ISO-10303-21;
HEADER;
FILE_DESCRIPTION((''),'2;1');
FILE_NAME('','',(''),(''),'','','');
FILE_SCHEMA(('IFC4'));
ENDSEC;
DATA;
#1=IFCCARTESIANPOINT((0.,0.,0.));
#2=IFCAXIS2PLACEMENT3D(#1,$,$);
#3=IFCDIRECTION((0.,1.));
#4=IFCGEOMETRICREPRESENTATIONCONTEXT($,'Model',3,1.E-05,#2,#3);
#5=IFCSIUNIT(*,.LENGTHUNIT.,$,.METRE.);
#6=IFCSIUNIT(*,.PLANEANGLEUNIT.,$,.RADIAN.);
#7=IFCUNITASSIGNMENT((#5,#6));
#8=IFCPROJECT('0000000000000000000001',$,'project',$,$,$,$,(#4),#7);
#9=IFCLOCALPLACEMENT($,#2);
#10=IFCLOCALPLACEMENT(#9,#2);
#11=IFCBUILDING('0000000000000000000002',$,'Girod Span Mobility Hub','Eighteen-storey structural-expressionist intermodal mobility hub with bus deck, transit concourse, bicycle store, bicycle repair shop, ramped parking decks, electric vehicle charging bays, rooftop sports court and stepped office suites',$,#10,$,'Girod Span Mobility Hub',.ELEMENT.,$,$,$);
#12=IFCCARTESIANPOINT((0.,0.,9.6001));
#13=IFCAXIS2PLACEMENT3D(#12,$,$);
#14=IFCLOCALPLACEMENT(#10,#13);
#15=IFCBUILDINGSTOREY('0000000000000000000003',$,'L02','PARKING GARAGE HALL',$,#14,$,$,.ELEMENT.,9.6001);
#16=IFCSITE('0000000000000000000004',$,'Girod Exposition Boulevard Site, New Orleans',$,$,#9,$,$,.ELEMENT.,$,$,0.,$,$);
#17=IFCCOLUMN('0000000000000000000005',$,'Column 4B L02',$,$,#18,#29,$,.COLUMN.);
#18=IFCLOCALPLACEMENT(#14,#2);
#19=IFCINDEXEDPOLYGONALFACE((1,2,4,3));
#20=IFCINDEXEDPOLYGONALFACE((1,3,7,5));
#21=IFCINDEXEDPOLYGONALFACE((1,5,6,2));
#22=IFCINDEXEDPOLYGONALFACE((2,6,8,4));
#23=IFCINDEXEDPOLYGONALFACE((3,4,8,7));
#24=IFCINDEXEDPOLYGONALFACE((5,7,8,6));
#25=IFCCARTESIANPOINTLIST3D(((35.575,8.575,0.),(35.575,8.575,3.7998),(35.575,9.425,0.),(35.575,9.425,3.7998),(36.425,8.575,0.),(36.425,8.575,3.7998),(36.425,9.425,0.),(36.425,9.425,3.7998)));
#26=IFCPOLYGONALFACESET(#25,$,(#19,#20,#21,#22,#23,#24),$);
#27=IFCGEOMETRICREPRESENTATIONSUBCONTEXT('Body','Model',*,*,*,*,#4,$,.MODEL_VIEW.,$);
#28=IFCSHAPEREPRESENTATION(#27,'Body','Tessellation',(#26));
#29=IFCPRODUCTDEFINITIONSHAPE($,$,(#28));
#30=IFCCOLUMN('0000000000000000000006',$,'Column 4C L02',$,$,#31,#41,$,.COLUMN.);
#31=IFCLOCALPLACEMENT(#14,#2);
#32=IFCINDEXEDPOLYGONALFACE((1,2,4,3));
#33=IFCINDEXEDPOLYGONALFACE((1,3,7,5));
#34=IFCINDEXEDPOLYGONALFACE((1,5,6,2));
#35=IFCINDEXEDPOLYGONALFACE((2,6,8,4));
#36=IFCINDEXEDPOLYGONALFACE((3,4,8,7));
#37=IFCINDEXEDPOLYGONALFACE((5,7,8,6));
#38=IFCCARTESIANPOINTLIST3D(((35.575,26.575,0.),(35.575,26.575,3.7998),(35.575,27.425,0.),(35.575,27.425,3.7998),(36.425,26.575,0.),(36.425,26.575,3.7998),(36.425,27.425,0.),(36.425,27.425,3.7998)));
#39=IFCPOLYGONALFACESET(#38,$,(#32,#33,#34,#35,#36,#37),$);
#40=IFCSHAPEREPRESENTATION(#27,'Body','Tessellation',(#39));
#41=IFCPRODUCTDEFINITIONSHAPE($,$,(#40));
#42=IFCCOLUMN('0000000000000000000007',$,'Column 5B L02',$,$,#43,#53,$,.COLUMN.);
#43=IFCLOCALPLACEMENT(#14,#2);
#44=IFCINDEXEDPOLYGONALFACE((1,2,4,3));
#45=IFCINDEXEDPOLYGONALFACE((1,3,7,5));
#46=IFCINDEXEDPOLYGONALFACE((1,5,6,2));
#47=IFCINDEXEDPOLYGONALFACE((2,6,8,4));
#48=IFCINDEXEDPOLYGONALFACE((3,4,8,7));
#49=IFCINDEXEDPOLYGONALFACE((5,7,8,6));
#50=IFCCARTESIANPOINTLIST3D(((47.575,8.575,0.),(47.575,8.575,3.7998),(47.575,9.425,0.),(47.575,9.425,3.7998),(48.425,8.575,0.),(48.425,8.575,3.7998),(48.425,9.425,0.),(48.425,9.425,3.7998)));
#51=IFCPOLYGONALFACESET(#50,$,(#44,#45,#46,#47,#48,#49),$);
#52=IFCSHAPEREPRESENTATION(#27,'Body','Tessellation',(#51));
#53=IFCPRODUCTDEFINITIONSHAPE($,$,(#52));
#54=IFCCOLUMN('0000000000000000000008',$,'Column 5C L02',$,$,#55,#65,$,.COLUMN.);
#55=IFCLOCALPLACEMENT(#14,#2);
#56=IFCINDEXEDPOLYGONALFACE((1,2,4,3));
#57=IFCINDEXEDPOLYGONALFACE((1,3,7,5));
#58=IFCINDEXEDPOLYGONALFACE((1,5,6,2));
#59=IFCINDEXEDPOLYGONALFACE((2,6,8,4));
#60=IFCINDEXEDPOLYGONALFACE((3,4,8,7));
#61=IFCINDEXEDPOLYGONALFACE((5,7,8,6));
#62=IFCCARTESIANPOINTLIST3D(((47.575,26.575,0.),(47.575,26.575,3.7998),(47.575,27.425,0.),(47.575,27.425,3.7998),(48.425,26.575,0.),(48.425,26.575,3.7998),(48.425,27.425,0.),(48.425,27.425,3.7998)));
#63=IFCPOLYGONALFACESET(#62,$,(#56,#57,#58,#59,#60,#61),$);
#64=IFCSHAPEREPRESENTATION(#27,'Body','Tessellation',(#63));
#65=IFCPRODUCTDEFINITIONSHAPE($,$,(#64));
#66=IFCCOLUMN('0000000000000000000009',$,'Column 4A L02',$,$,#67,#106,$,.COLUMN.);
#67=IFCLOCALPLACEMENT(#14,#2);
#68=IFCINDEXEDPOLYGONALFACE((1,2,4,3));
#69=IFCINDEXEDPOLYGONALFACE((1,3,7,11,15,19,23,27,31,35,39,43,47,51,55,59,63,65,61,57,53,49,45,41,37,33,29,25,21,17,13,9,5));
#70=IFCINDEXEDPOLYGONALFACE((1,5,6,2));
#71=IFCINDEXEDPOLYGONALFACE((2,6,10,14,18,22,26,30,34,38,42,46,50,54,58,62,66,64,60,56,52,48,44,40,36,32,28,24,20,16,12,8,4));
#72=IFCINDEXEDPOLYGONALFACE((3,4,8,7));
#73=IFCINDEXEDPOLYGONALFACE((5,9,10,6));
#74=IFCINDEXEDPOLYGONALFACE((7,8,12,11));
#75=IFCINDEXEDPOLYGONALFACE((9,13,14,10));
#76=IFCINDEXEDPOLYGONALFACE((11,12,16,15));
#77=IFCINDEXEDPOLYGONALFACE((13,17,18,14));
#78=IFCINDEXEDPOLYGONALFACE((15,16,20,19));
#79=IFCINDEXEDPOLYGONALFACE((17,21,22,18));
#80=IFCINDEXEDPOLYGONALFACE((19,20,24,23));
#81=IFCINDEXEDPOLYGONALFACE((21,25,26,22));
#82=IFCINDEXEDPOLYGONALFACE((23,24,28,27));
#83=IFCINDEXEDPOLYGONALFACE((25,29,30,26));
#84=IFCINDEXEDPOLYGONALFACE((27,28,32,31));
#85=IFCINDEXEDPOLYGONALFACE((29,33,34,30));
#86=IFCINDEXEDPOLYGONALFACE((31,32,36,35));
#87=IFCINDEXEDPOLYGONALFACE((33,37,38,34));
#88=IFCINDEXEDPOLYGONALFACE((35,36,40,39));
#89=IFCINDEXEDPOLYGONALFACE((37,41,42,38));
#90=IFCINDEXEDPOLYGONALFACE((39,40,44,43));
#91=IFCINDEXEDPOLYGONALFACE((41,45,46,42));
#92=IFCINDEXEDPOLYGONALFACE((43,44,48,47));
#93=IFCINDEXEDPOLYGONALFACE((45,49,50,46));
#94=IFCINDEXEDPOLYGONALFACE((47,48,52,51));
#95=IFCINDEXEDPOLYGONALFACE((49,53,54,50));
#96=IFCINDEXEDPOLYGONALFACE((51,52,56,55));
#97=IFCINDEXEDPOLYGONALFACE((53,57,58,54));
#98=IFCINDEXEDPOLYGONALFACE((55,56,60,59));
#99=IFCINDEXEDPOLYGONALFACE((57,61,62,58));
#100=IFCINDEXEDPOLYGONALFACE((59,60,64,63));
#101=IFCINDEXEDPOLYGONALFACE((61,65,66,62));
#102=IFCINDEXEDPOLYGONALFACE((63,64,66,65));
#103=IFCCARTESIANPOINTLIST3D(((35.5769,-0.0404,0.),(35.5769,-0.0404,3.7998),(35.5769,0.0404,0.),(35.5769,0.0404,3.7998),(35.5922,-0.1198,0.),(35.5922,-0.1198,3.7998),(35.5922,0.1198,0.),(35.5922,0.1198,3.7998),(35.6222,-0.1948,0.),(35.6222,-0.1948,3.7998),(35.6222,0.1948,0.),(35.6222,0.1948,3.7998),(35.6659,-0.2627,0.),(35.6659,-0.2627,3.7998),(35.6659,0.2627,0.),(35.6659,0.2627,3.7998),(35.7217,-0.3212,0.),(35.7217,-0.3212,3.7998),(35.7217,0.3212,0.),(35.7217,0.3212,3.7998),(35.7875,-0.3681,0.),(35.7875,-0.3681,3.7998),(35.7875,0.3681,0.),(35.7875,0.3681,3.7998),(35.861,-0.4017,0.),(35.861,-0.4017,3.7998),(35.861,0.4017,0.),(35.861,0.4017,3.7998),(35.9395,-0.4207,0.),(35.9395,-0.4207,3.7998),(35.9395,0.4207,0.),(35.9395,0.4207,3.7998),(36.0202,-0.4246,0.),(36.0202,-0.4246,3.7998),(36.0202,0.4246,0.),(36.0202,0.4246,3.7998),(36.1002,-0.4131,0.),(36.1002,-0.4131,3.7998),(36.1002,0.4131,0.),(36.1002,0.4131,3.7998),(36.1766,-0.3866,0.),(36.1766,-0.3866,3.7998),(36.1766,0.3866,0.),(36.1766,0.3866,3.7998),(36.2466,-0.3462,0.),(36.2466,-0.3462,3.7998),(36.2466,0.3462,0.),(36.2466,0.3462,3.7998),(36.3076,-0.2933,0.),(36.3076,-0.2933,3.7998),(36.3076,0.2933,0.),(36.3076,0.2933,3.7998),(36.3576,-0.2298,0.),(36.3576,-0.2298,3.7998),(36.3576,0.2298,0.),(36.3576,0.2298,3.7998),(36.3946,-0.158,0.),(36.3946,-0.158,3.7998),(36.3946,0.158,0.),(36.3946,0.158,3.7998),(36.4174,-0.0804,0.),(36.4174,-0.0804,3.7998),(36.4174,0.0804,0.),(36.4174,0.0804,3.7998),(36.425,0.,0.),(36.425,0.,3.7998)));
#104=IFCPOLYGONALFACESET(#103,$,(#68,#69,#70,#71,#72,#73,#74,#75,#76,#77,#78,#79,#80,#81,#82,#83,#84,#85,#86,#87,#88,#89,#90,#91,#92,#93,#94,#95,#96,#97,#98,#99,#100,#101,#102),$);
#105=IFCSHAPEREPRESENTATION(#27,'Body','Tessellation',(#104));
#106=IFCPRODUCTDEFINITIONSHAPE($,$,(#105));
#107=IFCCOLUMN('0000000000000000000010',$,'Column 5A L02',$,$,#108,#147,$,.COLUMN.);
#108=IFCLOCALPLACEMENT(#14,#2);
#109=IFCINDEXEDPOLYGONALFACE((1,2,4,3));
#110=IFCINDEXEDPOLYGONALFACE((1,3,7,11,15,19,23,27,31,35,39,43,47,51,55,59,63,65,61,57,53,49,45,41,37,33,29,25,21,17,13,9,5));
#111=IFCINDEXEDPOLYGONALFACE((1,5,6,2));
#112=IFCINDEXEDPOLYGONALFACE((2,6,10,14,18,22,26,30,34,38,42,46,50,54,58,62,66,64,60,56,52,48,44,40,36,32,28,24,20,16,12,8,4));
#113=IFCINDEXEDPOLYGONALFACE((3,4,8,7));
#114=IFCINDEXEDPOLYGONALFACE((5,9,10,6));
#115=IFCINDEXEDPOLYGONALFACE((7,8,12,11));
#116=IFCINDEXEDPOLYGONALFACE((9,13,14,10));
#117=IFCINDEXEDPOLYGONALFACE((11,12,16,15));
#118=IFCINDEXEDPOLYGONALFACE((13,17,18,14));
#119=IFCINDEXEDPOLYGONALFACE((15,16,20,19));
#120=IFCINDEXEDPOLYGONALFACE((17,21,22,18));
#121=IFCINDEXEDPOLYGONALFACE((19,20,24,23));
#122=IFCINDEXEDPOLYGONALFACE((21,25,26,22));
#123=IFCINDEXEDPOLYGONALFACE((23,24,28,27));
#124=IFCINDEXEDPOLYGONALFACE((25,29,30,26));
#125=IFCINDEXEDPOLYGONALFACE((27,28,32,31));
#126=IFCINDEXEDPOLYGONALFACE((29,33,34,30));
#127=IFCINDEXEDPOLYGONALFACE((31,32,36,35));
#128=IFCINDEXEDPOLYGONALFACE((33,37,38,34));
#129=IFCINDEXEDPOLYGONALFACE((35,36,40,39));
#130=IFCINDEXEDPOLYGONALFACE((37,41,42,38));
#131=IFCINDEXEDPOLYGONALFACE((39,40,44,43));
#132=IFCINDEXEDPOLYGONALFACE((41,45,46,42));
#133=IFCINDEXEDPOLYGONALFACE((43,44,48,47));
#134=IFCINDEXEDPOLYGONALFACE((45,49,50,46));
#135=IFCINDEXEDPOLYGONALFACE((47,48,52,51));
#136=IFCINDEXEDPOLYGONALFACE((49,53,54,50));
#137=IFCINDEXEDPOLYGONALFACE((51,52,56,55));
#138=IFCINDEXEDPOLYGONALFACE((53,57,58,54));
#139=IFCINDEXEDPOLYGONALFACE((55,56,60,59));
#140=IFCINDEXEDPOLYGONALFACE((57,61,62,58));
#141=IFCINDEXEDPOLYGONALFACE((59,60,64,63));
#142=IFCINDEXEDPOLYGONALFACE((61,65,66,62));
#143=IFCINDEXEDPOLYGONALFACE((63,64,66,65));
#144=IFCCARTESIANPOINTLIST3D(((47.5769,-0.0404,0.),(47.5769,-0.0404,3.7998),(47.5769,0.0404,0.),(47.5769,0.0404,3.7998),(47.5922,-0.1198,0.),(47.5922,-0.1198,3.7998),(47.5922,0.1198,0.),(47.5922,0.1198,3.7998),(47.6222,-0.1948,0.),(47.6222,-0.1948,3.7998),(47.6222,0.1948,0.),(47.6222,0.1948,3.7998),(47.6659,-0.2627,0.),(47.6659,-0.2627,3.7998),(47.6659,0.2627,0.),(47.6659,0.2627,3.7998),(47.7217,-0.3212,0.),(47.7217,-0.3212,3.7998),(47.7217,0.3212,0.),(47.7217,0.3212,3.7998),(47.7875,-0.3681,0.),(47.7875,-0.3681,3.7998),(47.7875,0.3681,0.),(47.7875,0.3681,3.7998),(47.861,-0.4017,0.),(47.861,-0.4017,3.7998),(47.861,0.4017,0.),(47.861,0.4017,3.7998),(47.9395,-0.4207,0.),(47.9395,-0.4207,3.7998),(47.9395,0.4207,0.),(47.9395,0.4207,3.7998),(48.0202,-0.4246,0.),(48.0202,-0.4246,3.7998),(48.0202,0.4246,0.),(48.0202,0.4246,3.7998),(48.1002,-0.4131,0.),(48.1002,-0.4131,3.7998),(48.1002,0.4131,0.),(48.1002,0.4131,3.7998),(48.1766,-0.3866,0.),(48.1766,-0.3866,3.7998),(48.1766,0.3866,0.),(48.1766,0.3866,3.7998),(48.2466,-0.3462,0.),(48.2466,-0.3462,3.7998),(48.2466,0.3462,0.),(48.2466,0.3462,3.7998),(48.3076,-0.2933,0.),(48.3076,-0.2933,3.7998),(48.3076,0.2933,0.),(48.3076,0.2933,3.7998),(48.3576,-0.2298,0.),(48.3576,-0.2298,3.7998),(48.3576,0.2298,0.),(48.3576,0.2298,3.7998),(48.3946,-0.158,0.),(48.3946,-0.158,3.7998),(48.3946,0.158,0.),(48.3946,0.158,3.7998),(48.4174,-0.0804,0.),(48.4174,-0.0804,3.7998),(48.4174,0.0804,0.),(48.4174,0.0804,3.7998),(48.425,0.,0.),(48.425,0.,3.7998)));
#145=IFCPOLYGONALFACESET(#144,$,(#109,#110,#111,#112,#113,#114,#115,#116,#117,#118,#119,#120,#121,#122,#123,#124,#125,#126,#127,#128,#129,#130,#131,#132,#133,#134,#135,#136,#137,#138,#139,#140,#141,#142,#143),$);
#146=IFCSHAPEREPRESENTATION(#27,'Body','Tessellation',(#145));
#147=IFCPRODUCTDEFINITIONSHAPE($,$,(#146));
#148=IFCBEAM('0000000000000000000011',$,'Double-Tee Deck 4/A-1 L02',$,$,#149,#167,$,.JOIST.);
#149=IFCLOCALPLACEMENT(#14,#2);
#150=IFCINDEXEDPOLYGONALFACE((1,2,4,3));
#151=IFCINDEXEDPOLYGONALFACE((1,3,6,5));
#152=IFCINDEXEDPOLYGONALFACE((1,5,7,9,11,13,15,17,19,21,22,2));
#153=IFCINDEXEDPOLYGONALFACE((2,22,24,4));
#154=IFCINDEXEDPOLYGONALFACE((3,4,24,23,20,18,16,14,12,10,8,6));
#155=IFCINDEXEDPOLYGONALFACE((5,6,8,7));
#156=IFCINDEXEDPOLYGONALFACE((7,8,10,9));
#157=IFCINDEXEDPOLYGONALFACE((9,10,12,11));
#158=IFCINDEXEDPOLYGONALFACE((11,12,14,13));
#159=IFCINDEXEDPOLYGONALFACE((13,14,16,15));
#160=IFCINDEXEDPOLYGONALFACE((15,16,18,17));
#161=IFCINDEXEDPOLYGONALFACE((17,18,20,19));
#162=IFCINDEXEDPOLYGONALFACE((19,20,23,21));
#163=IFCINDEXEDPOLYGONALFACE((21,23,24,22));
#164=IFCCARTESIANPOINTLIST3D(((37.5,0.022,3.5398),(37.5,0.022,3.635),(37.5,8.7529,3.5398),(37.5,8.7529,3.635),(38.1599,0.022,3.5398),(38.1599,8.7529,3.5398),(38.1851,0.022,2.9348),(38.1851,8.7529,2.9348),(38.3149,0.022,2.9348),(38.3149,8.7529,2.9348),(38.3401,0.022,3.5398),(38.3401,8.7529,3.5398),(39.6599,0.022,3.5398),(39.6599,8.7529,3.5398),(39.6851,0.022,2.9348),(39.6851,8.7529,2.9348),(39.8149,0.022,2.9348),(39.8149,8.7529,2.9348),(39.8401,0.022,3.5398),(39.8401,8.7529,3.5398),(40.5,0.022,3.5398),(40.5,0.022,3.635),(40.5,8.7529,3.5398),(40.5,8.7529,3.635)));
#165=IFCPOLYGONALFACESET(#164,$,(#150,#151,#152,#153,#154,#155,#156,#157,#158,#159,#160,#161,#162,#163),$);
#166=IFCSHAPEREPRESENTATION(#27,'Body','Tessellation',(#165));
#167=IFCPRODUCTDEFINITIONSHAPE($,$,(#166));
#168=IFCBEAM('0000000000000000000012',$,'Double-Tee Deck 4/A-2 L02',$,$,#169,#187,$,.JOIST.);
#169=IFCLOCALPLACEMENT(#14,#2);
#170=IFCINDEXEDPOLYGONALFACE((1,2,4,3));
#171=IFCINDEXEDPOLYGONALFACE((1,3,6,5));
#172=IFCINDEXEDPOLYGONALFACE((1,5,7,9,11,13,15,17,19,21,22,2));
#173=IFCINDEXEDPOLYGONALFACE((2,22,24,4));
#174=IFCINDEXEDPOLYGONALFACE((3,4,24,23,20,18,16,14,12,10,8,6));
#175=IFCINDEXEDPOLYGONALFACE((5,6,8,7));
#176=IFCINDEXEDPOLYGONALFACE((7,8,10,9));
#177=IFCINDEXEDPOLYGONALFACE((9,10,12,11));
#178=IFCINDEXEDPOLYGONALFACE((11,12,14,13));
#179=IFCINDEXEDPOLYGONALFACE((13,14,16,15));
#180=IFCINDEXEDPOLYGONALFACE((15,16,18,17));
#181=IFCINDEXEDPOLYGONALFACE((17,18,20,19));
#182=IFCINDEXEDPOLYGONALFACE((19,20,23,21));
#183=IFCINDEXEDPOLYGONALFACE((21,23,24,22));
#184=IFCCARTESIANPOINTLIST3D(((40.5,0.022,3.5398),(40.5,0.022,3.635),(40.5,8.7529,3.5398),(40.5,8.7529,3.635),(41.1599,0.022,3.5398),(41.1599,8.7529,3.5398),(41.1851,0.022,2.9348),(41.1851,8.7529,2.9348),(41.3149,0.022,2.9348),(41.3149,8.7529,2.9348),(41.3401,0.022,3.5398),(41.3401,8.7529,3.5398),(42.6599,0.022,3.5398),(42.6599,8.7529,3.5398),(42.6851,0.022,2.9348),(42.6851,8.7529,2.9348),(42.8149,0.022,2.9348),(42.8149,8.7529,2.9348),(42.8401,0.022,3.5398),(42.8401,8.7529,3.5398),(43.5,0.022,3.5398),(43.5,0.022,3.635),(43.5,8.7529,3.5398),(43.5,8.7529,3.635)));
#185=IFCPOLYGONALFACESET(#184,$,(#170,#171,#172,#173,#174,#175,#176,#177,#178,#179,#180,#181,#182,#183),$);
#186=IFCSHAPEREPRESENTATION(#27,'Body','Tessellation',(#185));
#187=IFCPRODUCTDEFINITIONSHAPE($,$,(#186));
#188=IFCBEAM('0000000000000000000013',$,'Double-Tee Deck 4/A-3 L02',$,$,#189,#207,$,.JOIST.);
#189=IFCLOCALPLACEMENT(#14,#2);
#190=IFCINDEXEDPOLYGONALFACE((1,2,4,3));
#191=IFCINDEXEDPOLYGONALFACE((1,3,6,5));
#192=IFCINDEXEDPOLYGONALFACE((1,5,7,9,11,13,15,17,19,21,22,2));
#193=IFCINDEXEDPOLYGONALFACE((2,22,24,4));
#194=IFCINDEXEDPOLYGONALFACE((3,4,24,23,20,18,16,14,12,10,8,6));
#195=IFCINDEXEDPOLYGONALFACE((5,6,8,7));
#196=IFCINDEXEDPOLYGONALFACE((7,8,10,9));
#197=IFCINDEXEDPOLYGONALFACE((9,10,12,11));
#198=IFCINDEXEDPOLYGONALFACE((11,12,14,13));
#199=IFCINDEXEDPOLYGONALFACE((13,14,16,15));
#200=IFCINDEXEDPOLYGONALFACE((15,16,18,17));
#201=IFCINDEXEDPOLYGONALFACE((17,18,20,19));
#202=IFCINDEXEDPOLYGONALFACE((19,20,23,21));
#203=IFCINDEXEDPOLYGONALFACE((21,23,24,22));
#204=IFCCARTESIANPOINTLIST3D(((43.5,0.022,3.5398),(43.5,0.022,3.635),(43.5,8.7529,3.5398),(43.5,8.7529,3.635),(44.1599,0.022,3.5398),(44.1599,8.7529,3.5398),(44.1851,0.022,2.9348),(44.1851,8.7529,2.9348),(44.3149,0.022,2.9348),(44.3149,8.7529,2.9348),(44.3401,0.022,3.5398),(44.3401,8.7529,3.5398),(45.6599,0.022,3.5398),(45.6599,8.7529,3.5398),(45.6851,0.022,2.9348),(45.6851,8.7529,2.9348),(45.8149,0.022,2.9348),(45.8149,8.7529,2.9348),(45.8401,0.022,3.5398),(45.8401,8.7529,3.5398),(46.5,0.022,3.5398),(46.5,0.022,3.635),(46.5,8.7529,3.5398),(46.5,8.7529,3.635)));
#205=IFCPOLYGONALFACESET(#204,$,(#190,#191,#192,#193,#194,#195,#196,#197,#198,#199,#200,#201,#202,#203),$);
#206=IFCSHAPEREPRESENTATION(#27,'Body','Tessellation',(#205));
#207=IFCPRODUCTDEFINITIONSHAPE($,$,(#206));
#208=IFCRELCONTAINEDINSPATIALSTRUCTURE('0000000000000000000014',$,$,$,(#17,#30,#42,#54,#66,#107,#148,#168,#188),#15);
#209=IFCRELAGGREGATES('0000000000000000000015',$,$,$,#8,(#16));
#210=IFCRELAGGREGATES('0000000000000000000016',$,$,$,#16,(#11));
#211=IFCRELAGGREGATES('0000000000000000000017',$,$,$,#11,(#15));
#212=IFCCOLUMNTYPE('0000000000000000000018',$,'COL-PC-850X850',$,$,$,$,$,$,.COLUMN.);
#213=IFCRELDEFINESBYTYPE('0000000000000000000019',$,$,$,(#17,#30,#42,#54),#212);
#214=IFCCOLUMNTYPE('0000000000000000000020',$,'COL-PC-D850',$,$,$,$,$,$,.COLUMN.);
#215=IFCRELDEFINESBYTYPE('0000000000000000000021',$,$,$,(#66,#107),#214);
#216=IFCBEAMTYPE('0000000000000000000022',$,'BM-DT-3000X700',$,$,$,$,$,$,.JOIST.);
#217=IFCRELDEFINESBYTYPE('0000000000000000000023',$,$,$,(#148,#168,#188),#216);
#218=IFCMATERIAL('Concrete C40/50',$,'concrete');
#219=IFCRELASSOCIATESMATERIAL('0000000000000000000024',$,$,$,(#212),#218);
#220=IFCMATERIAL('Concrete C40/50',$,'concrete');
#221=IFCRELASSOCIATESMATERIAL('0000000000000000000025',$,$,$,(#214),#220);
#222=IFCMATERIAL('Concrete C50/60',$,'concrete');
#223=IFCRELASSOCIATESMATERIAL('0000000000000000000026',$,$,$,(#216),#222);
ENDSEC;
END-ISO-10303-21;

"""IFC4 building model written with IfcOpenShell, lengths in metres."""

from ifc_helpers import new_model, si_unit, direction, frame, origin, origin_2d, place, context, subcontext, project, spatial, polyline, rectangle, circle, outline, extrude, material, material_profile, profile_set, type_object, element, save


model = new_model("IFC4")

# Units and contexts
model_context = context("Model", 3, precision=1e-05, world=origin(), true_north=direction((0.0, 1.0)))
body_context = subcontext(model_context, "Body", "Model", "MODEL_VIEW")
ifc_project = project(units=[si_unit("LENGTHUNIT", "METRE"), si_unit("PLANEANGLEUNIT", "RADIAN")], contexts=[model_context])

# Site, building, storey
site_placement = place(None, origin())
site = spatial("IfcSite", under=ifc_project, at=site_placement, Name="Girod Exposition Boulevard Site, New Orleans", CompositionType="ELEMENT", RefElevation=0.0)
building_placement = place(site_placement, origin())
building = spatial("IfcBuilding", under=site, at=building_placement, Name="Girod Span Mobility Hub", Description="Eighteen-storey structural-expressionist intermodal mobility hub with bus deck, transit concourse, bicycle store, bicycle repair shop, ramped parking decks, electric vehicle charging bays, rooftop sports court and stepped office suites", LongName="Girod Span Mobility Hub", CompositionType="ELEMENT")
storey_placement = place(building_placement, frame((0.0, 0.0, 9.6001)))
storey = spatial("IfcBuildingStorey", under=building, at=storey_placement, Name="L02", Description="PARKING GARAGE HALL", CompositionType="ELEMENT", Elevation=9.6001)

# Columns
ifc_material_1 = material(Name="Concrete C40/50", Category="concrete")
ifc_material_profile_1 = material_profile(ifc_material_1, rectangle(XDim=0.8501, YDim=0.8501, at=origin_2d()), Name="PC-COL-850X850")
ifc_profile_set_1 = profile_set([ifc_material_profile_1], Name="Concrete C40/50")
column_type_1 = type_object("IfcColumnType", Name="COL-PC-850X850", PredefinedType="COLUMN", material=ifc_profile_set_1)
for number, where, z_axis, x_axis, name in (
    (1, (36.0, 9.0, 0.0), (0.0, 0.0, 1.0), (1.0, 0.0, 0.0), "Column 4B L02"),
    (2, (36.0, 27.0, 0.0), (0.0, 0.0, 1.0), (1.0, 0.0, 0.0), "Column 4C L02"),
    (3, (48.0, 9.0, 0.0), (0.0, 0.0, 1.0), (1.0, 0.0, 0.0), "Column 5B L02"),
    (4, (48.0, 27.0, 0.0), (0.0, 0.0, 1.0), (1.0, 0.0, 0.0), "Column 5C L02"),
):
    element("IfcColumn", number, at=place(storey_placement, frame(where, z_axis=z_axis, x_axis=x_axis)), inside=storey, type_object=column_type_1, Name=name, PredefinedType="COLUMN", context=body_context, shape_type="SweptSolid", body=[
        extrude(rectangle(XDim=0.8501, YDim=0.8501, at=origin_2d()), origin(), (0.0, 0.0, 1.0), 3.7998),
    ])
ifc_material_2 = material(Name="Concrete C40/50", Category="concrete")
ifc_material_profile_2 = material_profile(ifc_material_2, circle(Radius=0.425, at=origin_2d()), Name="PC-CIR-D850")
ifc_profile_set_2 = profile_set([ifc_material_profile_2], Name="Concrete C40/50")
column_type_2 = type_object("IfcColumnType", Name="COL-PC-D850", PredefinedType="COLUMN", material=ifc_profile_set_2)
for number, where, z_axis, x_axis, name in (
    (5, (36.0, 0.0, 0.0), (0.0, 0.0, 1.0), (1.0, 0.0, 0.0), "Column 4A L02"),
    (6, (48.0, 0.0, 0.0), (0.0, 0.0, 1.0), (1.0, 0.0, 0.0), "Column 5A L02"),
):
    element("IfcColumn", number, at=place(storey_placement, frame(where, z_axis=z_axis, x_axis=x_axis)), inside=storey, type_object=column_type_2, Name=name, PredefinedType="COLUMN", context=body_context, shape_type="SweptSolid", body=[
        extrude(circle(Radius=0.425, at=origin_2d()), origin(), (0.0, 0.0, 1.0), 3.7998),
    ])

# Beams
ifc_material_3 = material(Name="Concrete C50/60", Category="concrete")
ifc_material_profile_3 = material_profile(ifc_material_3, outline(polyline([(-1.5, 0.3501), (-1.5, 0.2549), (-0.8401, 0.2549), (-0.8149, -0.3501), (-0.6851, -0.3501), (-0.6599, 0.2549), (0.6599, 0.2549), (0.6851, -0.3501), (0.8149, -0.3501), (0.8401, 0.2549), (1.5, 0.2549), (1.5, 0.3501), (-1.5, 0.3501)])), Name="DT-3000X700")
ifc_profile_set_3 = profile_set([ifc_material_profile_3], Name="Concrete C50/60")
beam_type_1 = type_object("IfcBeamType", Name="BM-DT-3000X700", PredefinedType="JOIST", material=ifc_profile_set_3)
for number, where, z_axis, x_axis, name in (
    (7, (39.0, 0.022, 3.2849), (0.0, 1.0, 0.0), (-1.0, 0.0, 0.0), "Double-Tee Deck 4/A-1 L02"),
    (8, (42.0, 0.022, 3.2849), (0.0, 1.0, 0.0), (-1.0, 0.0, 0.0), "Double-Tee Deck 4/A-2 L02"),
    (9, (45.0, 0.022, 3.2849), (0.0, 1.0, 0.0), (-1.0, 0.0, 0.0), "Double-Tee Deck 4/A-3 L02"),
):
    element("IfcBeam", number, at=place(storey_placement, frame(where, z_axis=z_axis, x_axis=x_axis)), inside=storey, type_object=beam_type_1, Name=name, PredefinedType="JOIST", context=body_context, shape_type="SweptSolid", body=[
        extrude(outline(polyline([(-1.5, 0.3501), (-1.5, 0.2549), (-0.8401, 0.2549), (-0.8149, -0.3501), (-0.6851, -0.3501), (-0.6599, 0.2549), (0.6599, 0.2549), (0.6851, -0.3501), (0.8149, -0.3501), (0.8401, 0.2549), (1.5, 0.2549), (1.5, 0.3501), (-1.5, 0.3501)])), origin(), (0.0, 0.0, 1.0), 8.731),
    ])

save(model, "model.ifc")
